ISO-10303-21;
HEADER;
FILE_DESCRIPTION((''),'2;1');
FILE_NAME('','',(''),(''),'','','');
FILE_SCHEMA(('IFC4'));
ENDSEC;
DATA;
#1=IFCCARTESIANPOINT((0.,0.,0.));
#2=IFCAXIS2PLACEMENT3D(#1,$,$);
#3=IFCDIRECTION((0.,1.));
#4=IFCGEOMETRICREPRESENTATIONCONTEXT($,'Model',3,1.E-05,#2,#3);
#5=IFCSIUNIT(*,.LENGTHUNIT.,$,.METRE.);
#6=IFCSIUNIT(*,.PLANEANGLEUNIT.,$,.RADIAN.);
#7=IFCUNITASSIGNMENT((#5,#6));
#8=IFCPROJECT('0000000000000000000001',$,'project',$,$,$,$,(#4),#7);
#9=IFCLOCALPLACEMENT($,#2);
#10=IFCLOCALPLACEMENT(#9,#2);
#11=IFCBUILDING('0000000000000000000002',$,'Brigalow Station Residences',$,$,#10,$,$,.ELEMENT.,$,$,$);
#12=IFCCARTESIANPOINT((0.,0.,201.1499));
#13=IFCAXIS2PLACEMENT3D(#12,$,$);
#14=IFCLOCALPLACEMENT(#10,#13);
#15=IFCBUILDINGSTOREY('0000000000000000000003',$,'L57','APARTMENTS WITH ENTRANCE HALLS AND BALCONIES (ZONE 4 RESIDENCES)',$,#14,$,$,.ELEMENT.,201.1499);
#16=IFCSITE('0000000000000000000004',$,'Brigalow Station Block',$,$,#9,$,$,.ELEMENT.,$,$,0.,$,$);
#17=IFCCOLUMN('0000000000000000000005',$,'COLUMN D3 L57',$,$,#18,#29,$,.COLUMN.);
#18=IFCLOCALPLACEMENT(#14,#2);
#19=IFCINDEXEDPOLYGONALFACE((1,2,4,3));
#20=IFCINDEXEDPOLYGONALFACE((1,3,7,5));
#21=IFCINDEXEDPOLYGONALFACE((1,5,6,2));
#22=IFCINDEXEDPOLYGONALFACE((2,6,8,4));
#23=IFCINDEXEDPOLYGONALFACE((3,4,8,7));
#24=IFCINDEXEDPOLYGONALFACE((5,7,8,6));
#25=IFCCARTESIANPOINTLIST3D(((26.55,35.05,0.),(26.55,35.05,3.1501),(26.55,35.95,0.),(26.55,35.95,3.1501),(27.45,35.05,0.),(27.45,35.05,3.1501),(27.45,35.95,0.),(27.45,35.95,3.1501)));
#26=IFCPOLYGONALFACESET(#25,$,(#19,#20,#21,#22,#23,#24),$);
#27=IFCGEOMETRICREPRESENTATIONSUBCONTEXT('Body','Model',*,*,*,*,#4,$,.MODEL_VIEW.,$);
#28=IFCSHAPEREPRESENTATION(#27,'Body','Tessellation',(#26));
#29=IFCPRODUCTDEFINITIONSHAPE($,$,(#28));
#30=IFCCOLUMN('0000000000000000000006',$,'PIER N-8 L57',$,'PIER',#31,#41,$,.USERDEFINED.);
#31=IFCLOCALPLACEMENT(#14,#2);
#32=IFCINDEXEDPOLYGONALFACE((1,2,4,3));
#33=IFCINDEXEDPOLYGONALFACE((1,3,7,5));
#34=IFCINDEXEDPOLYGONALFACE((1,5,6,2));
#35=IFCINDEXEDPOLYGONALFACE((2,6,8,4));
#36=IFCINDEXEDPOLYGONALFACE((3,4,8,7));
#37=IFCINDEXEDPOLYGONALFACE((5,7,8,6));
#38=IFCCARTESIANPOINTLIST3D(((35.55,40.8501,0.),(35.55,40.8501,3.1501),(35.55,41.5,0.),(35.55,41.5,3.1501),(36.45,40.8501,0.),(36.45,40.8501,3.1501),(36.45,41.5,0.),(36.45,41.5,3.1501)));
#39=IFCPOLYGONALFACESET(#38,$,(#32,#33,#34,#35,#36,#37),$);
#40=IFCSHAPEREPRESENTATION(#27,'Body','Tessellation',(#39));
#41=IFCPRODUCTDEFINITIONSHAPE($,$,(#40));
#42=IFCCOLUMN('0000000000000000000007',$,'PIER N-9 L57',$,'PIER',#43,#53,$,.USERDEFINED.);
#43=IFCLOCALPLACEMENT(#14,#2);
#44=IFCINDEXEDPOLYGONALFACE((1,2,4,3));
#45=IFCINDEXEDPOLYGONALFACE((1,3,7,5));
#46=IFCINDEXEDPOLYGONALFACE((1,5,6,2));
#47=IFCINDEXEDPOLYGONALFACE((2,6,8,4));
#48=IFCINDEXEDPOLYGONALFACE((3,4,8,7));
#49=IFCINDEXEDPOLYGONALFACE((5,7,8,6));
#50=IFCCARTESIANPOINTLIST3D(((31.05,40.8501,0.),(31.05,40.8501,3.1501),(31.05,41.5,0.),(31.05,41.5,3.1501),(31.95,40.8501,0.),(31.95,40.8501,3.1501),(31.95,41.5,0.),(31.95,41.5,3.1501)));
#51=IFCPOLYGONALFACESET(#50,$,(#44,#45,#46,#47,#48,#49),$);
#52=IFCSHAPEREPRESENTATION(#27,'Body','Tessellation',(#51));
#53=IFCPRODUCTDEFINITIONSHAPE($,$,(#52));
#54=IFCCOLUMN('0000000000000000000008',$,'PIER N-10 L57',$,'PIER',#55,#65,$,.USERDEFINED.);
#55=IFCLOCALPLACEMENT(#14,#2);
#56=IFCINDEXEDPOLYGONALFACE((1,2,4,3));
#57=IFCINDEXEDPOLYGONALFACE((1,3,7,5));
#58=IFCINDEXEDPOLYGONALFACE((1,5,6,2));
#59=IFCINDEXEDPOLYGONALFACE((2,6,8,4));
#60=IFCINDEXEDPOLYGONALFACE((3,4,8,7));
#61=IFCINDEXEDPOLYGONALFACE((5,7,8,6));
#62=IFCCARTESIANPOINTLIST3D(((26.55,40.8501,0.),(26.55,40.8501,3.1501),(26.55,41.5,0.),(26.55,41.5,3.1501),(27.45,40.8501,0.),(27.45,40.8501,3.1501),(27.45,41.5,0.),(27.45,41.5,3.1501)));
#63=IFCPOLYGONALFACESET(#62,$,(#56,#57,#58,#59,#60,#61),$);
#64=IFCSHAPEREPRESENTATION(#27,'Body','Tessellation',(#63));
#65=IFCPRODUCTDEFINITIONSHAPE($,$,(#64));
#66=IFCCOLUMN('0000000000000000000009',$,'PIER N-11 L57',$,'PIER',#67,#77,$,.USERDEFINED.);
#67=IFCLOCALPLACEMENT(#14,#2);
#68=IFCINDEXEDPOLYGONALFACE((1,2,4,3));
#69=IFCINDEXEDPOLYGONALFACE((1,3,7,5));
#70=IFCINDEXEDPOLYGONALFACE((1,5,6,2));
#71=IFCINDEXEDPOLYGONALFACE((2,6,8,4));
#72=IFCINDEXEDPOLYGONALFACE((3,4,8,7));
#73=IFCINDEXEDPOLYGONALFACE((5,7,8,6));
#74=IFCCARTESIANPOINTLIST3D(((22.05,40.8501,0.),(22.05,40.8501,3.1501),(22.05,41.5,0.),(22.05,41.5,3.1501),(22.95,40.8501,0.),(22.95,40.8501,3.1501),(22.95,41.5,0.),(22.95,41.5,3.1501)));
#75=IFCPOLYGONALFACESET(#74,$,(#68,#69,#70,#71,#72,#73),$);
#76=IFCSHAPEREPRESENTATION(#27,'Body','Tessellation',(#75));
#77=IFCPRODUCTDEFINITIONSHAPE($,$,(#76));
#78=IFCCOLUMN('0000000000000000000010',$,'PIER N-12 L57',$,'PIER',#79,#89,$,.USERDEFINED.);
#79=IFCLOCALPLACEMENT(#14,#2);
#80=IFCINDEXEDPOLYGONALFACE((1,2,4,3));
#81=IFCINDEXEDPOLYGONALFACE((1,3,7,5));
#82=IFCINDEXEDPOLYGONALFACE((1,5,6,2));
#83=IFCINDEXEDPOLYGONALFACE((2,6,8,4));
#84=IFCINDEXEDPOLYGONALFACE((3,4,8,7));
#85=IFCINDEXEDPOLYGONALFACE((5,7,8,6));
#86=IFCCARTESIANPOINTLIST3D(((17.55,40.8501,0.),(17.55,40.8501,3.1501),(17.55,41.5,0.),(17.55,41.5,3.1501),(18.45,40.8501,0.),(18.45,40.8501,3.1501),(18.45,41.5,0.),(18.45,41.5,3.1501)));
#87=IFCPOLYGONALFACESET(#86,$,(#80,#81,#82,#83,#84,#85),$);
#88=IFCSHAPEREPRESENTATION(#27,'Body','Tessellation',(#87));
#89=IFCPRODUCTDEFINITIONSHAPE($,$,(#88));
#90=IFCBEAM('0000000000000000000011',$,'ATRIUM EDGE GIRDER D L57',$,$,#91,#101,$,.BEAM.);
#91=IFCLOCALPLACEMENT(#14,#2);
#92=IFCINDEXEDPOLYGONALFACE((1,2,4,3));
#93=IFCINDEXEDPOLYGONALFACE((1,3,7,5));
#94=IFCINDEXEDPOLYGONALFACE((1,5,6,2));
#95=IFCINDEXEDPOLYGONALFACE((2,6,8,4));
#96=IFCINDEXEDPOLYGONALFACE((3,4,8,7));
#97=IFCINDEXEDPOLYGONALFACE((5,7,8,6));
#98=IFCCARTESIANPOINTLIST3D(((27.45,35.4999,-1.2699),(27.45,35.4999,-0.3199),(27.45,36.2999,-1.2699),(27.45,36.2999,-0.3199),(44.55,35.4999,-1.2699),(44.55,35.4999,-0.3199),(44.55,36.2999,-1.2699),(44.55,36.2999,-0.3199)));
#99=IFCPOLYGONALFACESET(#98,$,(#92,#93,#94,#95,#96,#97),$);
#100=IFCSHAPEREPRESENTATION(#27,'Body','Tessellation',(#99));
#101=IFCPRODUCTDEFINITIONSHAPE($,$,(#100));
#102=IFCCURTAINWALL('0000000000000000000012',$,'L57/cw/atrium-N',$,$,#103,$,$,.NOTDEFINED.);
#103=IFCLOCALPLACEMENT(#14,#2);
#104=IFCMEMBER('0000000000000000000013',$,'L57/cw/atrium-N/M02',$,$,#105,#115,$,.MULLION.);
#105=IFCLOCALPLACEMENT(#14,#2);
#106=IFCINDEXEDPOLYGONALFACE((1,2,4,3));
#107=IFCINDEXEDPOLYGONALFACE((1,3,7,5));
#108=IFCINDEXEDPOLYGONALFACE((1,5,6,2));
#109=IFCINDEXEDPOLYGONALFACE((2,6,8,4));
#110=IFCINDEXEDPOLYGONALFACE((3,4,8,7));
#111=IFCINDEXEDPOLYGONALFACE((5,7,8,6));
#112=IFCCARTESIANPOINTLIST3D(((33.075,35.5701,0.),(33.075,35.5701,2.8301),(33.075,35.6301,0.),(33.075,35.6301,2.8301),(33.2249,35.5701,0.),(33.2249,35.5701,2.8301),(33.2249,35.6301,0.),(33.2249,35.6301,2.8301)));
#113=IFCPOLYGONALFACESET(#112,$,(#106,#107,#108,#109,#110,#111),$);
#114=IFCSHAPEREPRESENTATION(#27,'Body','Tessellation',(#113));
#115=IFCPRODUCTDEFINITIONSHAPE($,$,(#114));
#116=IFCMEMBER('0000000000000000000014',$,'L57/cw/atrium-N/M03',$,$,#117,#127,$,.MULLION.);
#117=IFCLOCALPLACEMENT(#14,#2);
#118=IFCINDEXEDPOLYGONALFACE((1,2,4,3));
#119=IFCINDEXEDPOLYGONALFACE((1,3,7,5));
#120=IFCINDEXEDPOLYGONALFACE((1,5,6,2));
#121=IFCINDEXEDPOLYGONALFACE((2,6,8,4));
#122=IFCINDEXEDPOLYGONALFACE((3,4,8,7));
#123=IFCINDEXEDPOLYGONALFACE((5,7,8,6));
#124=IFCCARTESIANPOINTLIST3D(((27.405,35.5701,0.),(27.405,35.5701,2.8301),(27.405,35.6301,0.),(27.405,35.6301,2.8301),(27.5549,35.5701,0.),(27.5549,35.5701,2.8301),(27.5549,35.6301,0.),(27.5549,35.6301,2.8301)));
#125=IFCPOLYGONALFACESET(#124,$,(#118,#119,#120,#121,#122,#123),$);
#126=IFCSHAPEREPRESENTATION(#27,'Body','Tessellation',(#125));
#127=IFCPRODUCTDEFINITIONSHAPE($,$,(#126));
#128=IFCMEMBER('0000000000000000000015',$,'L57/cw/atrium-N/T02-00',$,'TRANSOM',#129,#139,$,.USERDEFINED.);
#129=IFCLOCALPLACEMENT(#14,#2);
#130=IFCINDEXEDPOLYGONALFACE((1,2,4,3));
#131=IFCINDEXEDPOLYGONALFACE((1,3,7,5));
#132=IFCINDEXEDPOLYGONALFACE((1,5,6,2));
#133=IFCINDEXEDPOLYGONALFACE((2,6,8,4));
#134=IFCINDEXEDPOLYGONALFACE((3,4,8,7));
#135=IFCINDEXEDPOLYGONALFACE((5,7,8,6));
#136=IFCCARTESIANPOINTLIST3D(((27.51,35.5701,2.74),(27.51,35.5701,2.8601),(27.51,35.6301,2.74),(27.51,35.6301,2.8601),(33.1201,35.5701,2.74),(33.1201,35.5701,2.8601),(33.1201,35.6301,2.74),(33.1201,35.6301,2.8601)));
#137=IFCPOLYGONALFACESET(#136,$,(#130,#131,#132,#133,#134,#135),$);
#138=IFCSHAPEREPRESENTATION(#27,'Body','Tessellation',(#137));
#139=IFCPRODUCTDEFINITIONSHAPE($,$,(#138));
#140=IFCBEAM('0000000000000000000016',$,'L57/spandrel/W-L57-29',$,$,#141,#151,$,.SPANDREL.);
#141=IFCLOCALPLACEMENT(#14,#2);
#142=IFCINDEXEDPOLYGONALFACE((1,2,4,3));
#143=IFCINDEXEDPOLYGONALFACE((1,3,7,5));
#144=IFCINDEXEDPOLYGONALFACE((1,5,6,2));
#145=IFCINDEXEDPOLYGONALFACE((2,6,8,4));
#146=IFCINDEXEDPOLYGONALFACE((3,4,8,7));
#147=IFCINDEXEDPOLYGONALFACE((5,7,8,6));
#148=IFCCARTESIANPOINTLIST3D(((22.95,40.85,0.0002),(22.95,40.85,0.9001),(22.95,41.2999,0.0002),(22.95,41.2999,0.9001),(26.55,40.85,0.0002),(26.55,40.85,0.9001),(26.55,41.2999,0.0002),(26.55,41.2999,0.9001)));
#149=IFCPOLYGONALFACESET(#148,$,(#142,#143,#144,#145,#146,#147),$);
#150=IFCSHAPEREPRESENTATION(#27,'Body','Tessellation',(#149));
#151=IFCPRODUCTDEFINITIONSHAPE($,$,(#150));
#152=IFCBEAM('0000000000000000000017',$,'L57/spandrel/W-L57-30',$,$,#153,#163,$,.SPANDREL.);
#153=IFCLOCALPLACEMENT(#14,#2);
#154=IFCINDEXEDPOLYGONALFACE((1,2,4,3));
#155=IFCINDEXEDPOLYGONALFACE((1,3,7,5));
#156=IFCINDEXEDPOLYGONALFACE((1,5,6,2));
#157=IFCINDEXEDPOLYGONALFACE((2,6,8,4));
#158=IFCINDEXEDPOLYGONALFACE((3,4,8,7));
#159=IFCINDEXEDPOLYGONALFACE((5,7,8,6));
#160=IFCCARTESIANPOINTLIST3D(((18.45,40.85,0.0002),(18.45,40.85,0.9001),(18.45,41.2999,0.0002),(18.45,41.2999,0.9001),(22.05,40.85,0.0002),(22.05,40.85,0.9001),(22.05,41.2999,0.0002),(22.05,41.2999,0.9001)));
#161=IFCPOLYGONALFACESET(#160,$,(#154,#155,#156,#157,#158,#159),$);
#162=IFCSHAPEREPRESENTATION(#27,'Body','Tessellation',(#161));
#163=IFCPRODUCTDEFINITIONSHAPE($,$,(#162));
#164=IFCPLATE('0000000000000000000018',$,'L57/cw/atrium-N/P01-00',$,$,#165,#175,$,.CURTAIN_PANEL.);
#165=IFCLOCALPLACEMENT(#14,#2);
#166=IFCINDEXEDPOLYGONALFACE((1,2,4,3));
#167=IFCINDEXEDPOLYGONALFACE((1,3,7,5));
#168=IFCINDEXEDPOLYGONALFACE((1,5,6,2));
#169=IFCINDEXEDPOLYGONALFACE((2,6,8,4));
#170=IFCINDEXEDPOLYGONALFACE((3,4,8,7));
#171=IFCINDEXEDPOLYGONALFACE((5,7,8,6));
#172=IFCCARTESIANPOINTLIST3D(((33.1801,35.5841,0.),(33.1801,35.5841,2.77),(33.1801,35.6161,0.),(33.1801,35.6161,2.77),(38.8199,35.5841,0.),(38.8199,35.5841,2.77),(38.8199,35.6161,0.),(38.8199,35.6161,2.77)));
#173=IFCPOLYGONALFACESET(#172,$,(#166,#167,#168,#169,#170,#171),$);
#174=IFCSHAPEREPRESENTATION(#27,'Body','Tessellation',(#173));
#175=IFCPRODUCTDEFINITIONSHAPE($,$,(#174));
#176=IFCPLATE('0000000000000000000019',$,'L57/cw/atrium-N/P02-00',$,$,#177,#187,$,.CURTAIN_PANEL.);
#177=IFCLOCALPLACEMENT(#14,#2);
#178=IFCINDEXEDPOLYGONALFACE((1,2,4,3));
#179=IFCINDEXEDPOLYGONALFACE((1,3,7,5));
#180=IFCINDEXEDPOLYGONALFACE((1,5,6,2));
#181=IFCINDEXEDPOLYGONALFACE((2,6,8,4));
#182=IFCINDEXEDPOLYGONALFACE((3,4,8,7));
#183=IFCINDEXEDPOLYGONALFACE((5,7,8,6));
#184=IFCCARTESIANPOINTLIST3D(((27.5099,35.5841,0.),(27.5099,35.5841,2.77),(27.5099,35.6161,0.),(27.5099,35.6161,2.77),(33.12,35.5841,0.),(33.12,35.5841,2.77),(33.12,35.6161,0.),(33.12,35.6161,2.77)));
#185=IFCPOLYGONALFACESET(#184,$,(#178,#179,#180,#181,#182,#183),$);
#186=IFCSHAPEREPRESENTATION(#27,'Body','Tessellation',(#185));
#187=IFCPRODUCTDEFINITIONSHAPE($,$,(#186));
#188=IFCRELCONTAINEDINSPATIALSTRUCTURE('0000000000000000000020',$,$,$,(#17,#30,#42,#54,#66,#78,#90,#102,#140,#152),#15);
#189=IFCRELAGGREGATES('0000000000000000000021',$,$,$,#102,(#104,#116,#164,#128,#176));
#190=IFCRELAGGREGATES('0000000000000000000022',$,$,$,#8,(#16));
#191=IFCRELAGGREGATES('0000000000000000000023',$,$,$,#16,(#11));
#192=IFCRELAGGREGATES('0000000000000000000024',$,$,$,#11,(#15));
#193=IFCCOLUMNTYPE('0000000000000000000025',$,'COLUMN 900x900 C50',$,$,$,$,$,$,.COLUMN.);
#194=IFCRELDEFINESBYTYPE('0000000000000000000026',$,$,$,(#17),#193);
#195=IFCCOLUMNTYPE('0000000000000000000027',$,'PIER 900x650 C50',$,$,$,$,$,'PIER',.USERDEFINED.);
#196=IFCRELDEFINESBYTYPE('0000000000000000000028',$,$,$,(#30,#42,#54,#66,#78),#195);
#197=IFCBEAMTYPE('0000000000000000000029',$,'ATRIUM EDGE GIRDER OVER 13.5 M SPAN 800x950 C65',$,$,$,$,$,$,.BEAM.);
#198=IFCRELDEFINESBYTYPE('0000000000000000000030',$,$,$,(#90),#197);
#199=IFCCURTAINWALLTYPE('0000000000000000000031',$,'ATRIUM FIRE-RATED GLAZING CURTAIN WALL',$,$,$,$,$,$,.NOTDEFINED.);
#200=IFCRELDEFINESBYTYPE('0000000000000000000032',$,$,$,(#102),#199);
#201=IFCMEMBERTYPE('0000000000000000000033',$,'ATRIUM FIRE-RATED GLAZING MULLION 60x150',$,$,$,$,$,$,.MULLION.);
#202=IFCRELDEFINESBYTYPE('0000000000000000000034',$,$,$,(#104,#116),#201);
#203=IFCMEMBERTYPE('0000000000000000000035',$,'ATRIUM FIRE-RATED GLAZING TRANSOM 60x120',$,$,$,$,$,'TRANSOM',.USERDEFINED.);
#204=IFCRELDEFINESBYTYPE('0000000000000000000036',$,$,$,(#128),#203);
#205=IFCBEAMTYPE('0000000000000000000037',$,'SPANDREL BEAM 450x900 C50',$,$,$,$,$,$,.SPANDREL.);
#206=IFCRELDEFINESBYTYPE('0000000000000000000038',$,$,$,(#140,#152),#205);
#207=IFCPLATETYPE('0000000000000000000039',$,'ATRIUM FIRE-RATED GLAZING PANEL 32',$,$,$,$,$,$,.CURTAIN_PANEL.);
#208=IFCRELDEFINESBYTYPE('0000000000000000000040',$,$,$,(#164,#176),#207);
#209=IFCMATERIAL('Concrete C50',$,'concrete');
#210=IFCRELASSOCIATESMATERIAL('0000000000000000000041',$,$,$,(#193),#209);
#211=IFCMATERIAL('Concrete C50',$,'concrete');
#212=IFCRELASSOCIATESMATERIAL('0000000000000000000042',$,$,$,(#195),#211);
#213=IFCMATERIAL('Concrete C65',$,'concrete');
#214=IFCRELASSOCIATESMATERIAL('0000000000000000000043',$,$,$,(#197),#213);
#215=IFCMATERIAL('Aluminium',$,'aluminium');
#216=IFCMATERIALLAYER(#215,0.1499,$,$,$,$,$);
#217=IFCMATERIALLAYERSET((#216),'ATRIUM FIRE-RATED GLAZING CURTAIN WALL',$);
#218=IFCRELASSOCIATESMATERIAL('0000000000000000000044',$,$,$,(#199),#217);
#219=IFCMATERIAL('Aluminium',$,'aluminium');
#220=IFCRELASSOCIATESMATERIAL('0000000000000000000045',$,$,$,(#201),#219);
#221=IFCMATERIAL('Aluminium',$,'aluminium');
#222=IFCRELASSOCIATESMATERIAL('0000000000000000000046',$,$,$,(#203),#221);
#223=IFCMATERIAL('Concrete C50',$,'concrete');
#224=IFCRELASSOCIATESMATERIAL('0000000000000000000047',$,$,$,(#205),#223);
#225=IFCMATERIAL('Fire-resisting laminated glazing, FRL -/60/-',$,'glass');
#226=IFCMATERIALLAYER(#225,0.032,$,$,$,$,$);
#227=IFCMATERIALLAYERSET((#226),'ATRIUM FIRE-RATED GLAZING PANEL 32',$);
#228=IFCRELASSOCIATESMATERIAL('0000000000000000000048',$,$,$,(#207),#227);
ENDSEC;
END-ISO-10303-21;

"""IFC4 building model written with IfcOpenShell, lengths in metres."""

from ifc_helpers import new_model, si_unit, direction, frame, origin, origin_2d, place, context, subcontext, project, spatial, rectangle, extrude, material, layer, layer_set, material_profile, profile_set, type_object, element, aggregate, save


model = new_model("IFC4")

# Units and contexts
model_context = context("Model", 3, precision=1e-05, world=origin(), true_north=direction((0.0, 1.0)))
body_context = subcontext(model_context, "Body", "Model", "MODEL_VIEW")
ifc_project = project(units=[si_unit("LENGTHUNIT", "METRE"), si_unit("PLANEANGLEUNIT", "RADIAN")], contexts=[model_context])

# Site, building, storey
site_placement = place(None, origin())
site = spatial("IfcSite", under=ifc_project, at=site_placement, Name="Brigalow Station Block", CompositionType="ELEMENT", RefElevation=0.0)
building_placement = place(site_placement, origin())
building = spatial("IfcBuilding", under=site, at=building_placement, Name="Brigalow Station Residences", CompositionType="ELEMENT")
storey_placement = place(building_placement, frame((0.0, 0.0, 201.1499)))
storey = spatial("IfcBuildingStorey", under=building, at=storey_placement, Name="L57", Description="APARTMENTS WITH ENTRANCE HALLS AND BALCONIES (ZONE 4 RESIDENCES)", CompositionType="ELEMENT", Elevation=201.1499)

# Columns
ifc_material_1 = material(Name="Concrete C50", Category="concrete")
ifc_material_profile_1 = material_profile(ifc_material_1, rectangle(XDim=0.8999, YDim=0.8999, at=origin_2d()), Name="RC900x900")
ifc_profile_set_1 = profile_set([ifc_material_profile_1], Name="Concrete C50")
column_type_1 = type_object("IfcColumnType", Name="COLUMN 900x900 C50", PredefinedType="COLUMN", material=ifc_profile_set_1)
column_placement = place(storey_placement, frame((27.0, 35.5, 0.0), z_axis=(0.0, 0.0, 1.0), x_axis=(1.0, 0.0, 0.0)))
element("IfcColumn", 1, at=column_placement, inside=storey, type_object=column_type_1, Name="COLUMN D3 L57", PredefinedType="COLUMN", context=body_context, shape_type="SweptSolid", body=[
    extrude(rectangle(XDim=0.8999, YDim=0.8999, at=origin_2d()), origin(), (0.0, 0.0, 1.0), 3.1501),
])
ifc_material_2 = material(Name="Concrete C50", Category="concrete")
ifc_material_profile_2 = material_profile(ifc_material_2, rectangle(XDim=0.8999, YDim=0.6499, at=origin_2d()), Name="RC900x650")
ifc_profile_set_2 = profile_set([ifc_material_profile_2], Name="Concrete C50")
column_type_2 = type_object("IfcColumnType", Name="PIER 900x650 C50", ElementType="PIER", PredefinedType="USERDEFINED", material=ifc_profile_set_2)
for number, where, z_axis, x_axis, name in (
    (2, (36.0, 41.175, 0.0), (0.0, 0.0, 1.0), (-1.0, 0.0, 0.0), "PIER N-8 L57"),
    (3, (31.5, 41.175, 0.0), (0.0, 0.0, 1.0), (-1.0, 0.0, 0.0), "PIER N-9 L57"),
    (4, (27.0, 41.175, 0.0), (0.0, 0.0, 1.0), (-1.0, 0.0, 0.0), "PIER N-10 L57"),
    (5, (22.5, 41.175, 0.0), (0.0, 0.0, 1.0), (-1.0, 0.0, 0.0), "PIER N-11 L57"),
    (6, (18.0, 41.175, 0.0), (0.0, 0.0, 1.0), (-1.0, 0.0, 0.0), "PIER N-12 L57"),
):
    element("IfcColumn", number, at=place(storey_placement, frame(where, z_axis=z_axis, x_axis=x_axis)), inside=storey, type_object=column_type_2, Name=name, ObjectType="PIER", PredefinedType="USERDEFINED", context=body_context, shape_type="SweptSolid", body=[
        extrude(rectangle(XDim=0.8999, YDim=0.6499, at=origin_2d()), origin(), (0.0, 0.0, 1.0), 3.1501),
    ])

# Beam
ifc_material_3 = material(Name="Concrete C65", Category="concrete")
ifc_material_profile_3 = material_profile(ifc_material_3, rectangle(XDim=0.8, YDim=0.95, at=origin_2d()), Name="RC800x950")
ifc_profile_set_3 = profile_set([ifc_material_profile_3], Name="Concrete C65")
beam_type_1 = type_object("IfcBeamType", Name="ATRIUM EDGE GIRDER OVER 13.5 M SPAN 800x950 C65", PredefinedType="BEAM", material=ifc_profile_set_3)
beam_placement = place(storey_placement, frame((27.45, 35.8999, -0.7949), z_axis=(1.0, 0.0, 0.0), x_axis=(0.0, 1.0, 0.0)))
element("IfcBeam", 7, at=beam_placement, inside=storey, type_object=beam_type_1, Name="ATRIUM EDGE GIRDER D L57", PredefinedType="BEAM", context=body_context, shape_type="SweptSolid", body=[
    extrude(rectangle(XDim=0.8, YDim=0.95, at=origin_2d()), origin(), (0.0, 0.0, 1.0), 17.1001),
])

# Curtain wall, members
ifc_material_4 = material(Name="Aluminium", Category="aluminium")
ifc_layer_1 = layer(ifc_material_4, 0.1499)
ifc_layer_set_1 = layer_set([ifc_layer_1], Name="ATRIUM FIRE-RATED GLAZING CURTAIN WALL")
curtain_wall_type = type_object("IfcCurtainWallType", Name="ATRIUM FIRE-RATED GLAZING CURTAIN WALL", PredefinedType="NOTDEFINED", material=ifc_layer_set_1)
curtain_wall_placement = place(storey_placement, origin())
curtain_wall = element("IfcCurtainWall", 8, at=curtain_wall_placement, inside=storey, type_object=curtain_wall_type, Name="L57/cw/atrium-N", PredefinedType="NOTDEFINED")
ifc_material_5 = material(Name="Aluminium", Category="aluminium")
ifc_material_profile_4 = material_profile(ifc_material_5, rectangle(XDim=0.0601, YDim=0.1499, at=origin_2d()), Name="ATRIUM FIRE-RATED GLAZING MULLION 60x150")
ifc_profile_set_4 = profile_set([ifc_material_profile_4], Name="Aluminium")
member_type_1 = type_object("IfcMemberType", Name="ATRIUM FIRE-RATED GLAZING MULLION 60x150", PredefinedType="MULLION", material=ifc_profile_set_4)
member_1_placement = place(storey_placement, frame((33.1499, 35.6001, 0.0), z_axis=(0.0, 0.0, 1.0), x_axis=(0.0, -1.0, 0.0)))
member_1 = element("IfcMember", 9, at=member_1_placement, type_object=member_type_1, Name="L57/cw/atrium-N/M02", PredefinedType="MULLION", context=body_context, shape_type="SweptSolid", body=[
    extrude(rectangle(XDim=0.0601, YDim=0.1499, at=origin_2d()), origin(), (0.0, 0.0, 1.0), 2.8301),
])
member_2_placement = place(storey_placement, frame((27.48, 35.6001, 0.0), z_axis=(0.0, 0.0, 1.0), x_axis=(0.0, -1.0, 0.0)))
member_2 = element("IfcMember", 10, at=member_2_placement, type_object=member_type_1, Name="L57/cw/atrium-N/M03", PredefinedType="MULLION", context=body_context, shape_type="SweptSolid", body=[
    extrude(rectangle(XDim=0.0601, YDim=0.1499, at=origin_2d()), origin(), (0.0, 0.0, 1.0), 2.8301),
])
ifc_material_6 = material(Name="Aluminium", Category="aluminium")
ifc_material_profile_5 = material_profile(ifc_material_6, rectangle(XDim=0.0601, YDim=0.1201, at=origin_2d()), Name="ATRIUM FIRE-RATED GLAZING TRANSOM 60x120")
ifc_profile_set_5 = profile_set([ifc_material_profile_5], Name="Aluminium")
member_type_2 = type_object("IfcMemberType", Name="ATRIUM FIRE-RATED GLAZING TRANSOM 60x120", ElementType="TRANSOM", PredefinedType="USERDEFINED", material=ifc_profile_set_5)
member_3_placement = place(storey_placement, frame((33.1201, 35.6001, 2.8), z_axis=(-1.0, 0.0, 0.0), x_axis=(0.0, -1.0, 0.0)))
member_3 = element("IfcMember", 11, at=member_3_placement, type_object=member_type_2, Name="L57/cw/atrium-N/T02-00", ObjectType="TRANSOM", PredefinedType="USERDEFINED", context=body_context, shape_type="SweptSolid", body=[
    extrude(rectangle(XDim=0.0601, YDim=0.1201, at=origin_2d()), origin(), (0.0, 0.0, 1.0), 5.6101),
])

# Beams
ifc_material_7 = material(Name="Concrete C50", Category="concrete")
ifc_material_profile_6 = material_profile(ifc_material_7, rectangle(XDim=0.45, YDim=0.8999, at=origin_2d()), Name="RC450x900")
ifc_profile_set_6 = profile_set([ifc_material_profile_6], Name="Concrete C50")
beam_type_2 = type_object("IfcBeamType", Name="SPANDREL BEAM 450x900 C50", PredefinedType="SPANDREL", material=ifc_profile_set_6)
for number, where, z_axis, x_axis, name in (
    (12, (26.55, 41.075, 0.4502), (-1.0, 0.0, 0.0), (0.0, -1.0, 0.0), "L57/spandrel/W-L57-29"),
    (13, (22.05, 41.075, 0.4502), (-1.0, 0.0, 0.0), (0.0, -1.0, 0.0), "L57/spandrel/W-L57-30"),
):
    element("IfcBeam", number, at=place(storey_placement, frame(where, z_axis=z_axis, x_axis=x_axis)), inside=storey, type_object=beam_type_2, Name=name, PredefinedType="SPANDREL", context=body_context, shape_type="SweptSolid", body=[
        extrude(rectangle(XDim=0.45, YDim=0.8999, at=origin_2d()), origin(), (0.0, 0.0, 1.0), 3.6001),
    ])

# Plates
ifc_material_8 = material(Name="Fire-resisting laminated glazing, FRL -/60/-", Category="glass")
ifc_layer_2 = layer(ifc_material_8, 0.032)
ifc_layer_set_2 = layer_set([ifc_layer_2], Name="ATRIUM FIRE-RATED GLAZING PANEL 32")
plate_type = type_object("IfcPlateType", Name="ATRIUM FIRE-RATED GLAZING PANEL 32", PredefinedType="CURTAIN_PANEL", material=ifc_layer_set_2)
plate_1_placement = place(storey_placement, frame((36.0, 35.6001, 0.0), z_axis=(0.0, 0.0, 1.0), x_axis=(-1.0, 0.0, 0.0)))
plate_1 = element("IfcPlate", 14, at=plate_1_placement, type_object=plate_type, Name="L57/cw/atrium-N/P01-00", PredefinedType="CURTAIN_PANEL", context=body_context, shape_type="SweptSolid", body=[
    extrude(rectangle(XDim=5.6399, YDim=0.032, at=origin_2d()), origin(), (0.0, 0.0, 1.0), 2.77),
])
plate_2_placement = place(storey_placement, frame((30.3149, 35.6001, 0.0), z_axis=(0.0, 0.0, 1.0), x_axis=(-1.0, 0.0, 0.0)))
plate_2 = element("IfcPlate", 15, at=plate_2_placement, type_object=plate_type, Name="L57/cw/atrium-N/P02-00", PredefinedType="CURTAIN_PANEL", context=body_context, shape_type="SweptSolid", body=[
    extrude(rectangle(XDim=5.6101, YDim=0.032, at=origin_2d()), origin(), (0.0, 0.0, 1.0), 2.77),
])
aggregate(curtain_wall, [member_1, member_2, plate_1, member_3, plate_2])

save(model, "model.ifc")
